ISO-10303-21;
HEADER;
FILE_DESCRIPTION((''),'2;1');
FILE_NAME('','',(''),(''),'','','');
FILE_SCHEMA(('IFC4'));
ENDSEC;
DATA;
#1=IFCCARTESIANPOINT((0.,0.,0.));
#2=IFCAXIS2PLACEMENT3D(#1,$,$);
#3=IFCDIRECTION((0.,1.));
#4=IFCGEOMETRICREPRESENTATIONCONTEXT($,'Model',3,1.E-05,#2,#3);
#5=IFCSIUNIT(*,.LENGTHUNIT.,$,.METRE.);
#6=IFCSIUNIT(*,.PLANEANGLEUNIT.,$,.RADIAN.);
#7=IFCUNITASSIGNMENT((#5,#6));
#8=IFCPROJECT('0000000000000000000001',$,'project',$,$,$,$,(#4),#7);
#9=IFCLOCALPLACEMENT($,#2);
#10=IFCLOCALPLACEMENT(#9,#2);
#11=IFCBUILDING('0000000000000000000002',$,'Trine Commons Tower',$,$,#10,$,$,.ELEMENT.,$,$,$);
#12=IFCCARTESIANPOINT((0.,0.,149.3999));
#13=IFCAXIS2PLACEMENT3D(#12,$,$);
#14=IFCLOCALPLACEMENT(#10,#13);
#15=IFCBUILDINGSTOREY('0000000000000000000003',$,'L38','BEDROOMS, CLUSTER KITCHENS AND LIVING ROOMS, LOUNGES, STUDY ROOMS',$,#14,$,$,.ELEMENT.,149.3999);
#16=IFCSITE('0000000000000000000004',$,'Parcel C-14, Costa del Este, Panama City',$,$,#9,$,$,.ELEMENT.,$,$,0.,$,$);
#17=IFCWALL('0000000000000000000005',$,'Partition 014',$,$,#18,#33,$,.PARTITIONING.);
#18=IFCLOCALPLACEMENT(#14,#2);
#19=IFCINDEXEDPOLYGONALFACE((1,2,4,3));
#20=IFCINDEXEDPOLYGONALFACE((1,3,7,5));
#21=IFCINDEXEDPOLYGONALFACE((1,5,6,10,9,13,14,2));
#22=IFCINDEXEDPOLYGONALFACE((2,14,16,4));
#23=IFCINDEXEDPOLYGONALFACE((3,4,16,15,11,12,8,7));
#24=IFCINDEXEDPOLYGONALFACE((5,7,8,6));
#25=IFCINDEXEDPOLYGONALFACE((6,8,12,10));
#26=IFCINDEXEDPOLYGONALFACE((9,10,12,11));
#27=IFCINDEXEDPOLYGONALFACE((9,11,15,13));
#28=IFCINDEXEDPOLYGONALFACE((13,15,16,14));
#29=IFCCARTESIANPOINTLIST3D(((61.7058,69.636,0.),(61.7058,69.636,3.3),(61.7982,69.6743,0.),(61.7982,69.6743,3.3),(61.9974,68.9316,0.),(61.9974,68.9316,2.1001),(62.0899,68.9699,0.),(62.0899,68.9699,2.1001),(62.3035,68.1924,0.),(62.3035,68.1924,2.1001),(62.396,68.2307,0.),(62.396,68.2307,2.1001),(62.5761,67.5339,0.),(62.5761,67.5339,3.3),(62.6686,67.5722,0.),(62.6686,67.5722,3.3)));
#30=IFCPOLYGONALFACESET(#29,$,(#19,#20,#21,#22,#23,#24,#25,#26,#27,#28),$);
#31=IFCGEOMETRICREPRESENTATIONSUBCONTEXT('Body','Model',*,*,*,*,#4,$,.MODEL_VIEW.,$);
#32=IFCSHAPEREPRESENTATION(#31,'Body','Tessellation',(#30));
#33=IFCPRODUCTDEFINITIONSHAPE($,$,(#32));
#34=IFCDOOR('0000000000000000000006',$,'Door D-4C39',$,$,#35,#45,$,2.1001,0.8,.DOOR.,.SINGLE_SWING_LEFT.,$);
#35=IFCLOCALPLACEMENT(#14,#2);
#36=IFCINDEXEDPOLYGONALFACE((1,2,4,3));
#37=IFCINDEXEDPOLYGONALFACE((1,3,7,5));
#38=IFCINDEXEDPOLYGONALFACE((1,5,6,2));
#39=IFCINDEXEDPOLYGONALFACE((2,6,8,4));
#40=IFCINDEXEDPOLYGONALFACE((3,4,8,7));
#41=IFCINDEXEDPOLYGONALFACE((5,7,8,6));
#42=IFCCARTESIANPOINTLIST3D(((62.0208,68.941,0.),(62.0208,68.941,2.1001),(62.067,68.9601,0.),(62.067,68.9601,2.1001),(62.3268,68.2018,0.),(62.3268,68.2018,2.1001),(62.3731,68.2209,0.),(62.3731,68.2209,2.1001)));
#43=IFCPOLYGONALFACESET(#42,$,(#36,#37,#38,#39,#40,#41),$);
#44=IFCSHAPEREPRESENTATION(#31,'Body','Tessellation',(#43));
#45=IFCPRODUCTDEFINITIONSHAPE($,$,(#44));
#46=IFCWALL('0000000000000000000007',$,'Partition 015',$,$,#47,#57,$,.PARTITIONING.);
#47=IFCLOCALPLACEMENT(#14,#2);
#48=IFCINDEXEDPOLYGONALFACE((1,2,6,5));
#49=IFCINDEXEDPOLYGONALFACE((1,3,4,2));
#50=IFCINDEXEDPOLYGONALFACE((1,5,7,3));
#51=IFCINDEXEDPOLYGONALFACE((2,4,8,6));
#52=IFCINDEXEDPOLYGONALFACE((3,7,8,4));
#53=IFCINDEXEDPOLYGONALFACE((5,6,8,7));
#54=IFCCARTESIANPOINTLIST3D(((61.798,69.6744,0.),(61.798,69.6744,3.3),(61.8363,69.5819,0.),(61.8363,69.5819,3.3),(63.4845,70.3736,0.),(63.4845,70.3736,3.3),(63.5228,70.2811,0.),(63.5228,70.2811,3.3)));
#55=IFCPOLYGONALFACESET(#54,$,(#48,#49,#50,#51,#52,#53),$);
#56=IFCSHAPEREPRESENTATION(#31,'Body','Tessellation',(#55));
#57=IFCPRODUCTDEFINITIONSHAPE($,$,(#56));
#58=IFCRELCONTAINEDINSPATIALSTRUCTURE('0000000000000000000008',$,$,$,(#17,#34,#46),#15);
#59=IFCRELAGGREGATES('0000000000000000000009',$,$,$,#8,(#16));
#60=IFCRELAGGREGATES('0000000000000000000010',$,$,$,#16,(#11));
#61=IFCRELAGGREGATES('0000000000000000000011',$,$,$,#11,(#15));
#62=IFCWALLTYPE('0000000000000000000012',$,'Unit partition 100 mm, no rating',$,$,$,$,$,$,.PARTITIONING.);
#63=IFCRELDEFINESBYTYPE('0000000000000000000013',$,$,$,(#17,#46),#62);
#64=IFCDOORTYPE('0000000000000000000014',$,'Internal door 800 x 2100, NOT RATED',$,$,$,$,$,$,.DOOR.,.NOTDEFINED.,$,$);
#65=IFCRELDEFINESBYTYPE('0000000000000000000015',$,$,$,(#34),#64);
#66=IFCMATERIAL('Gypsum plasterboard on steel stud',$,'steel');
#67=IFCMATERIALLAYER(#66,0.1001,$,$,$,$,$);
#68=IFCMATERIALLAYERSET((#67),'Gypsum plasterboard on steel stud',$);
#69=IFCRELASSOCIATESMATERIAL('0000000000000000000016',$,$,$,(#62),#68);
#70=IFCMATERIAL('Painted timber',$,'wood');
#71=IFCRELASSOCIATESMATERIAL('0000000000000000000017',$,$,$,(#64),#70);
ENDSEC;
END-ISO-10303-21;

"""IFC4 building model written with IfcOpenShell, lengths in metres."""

from ifc_helpers import new_model, si_unit, direction, frame, frame_2d, origin, place, context, subcontext, project, spatial, rectangle, extrude, material, layer, layer_set, type_object, element, fill, save


model = new_model("IFC4")

# Units and contexts
model_context = context("Model", 3, precision=1e-05, world=origin(), true_north=direction((0.0, 1.0)))
body_context = subcontext(model_context, "Body", "Model", "MODEL_VIEW")
ifc_project = project(units=[si_unit("LENGTHUNIT", "METRE"), si_unit("PLANEANGLEUNIT", "RADIAN")], contexts=[model_context])

# Site, building, storey
site_placement = place(None, origin())
site = spatial("IfcSite", under=ifc_project, at=site_placement, Name="Parcel C-14, Costa del Este, Panama City", CompositionType="ELEMENT", RefElevation=0.0)
building_placement = place(site_placement, origin())
building = spatial("IfcBuilding", under=site, at=building_placement, Name="Trine Commons Tower", CompositionType="ELEMENT")
storey_placement = place(building_placement, frame((0.0, 0.0, 149.3999)))
storey = spatial("IfcBuildingStorey", under=building, at=storey_placement, Name="L38", Description="BEDROOMS, CLUSTER KITCHENS AND LIVING ROOMS, LOUNGES, STUDY ROOMS", CompositionType="ELEMENT", Elevation=149.3999)

# Shared definitions
ifc_material_1 = material(Name="Gypsum plasterboard on steel stud", Category="steel")

# Shared definitions
ifc_layer_1 = layer(ifc_material_1, 0.1001)
ifc_layer_set_1 = layer_set([ifc_layer_1], Name="Gypsum plasterboard on steel stud")
wall_type_1 = type_object("IfcWallType", Name="Unit partition 100 mm, no rating", PredefinedType="PARTITIONING", material=ifc_layer_set_1)

# Wall, opening, door
ifc_material_2 = material(Name="Painted timber", Category="wood")
door_type_1 = type_object("IfcDoorType", Name="Internal door 800 x 2100, NOT RATED", OperationType="NOTDEFINED", PredefinedType="DOOR", material=ifc_material_2)
wall_1_placement = place(storey_placement, frame((61.752, 69.6553, 0.0), z_axis=(0.0, 0.0, 1.0), x_axis=(0.382557, -0.923932, 0.0)))
wall_1 = element("IfcWall", 1, at=wall_1_placement, inside=storey, type_object=wall_type_1, Name="Partition 014", PredefinedType="PARTITIONING", context=body_context, shape_type="SweptSolid", body=[
    extrude(rectangle(XDim=2.2751, YDim=0.1001, at=frame_2d((1.1377, 0.0))), origin(), (0.0, 0.0, 1.0), 3.3),
])
opening_1_placement = place(wall_1_placement, frame((0.7627, 0.0, 0.0)))
opening_1 = element("IfcOpeningElement", 2, at=opening_1_placement, cuts=wall_1, PredefinedType="OPENING", context=body_context, shape_type="SweptSolid", body=[
    extrude(rectangle(XDim=0.8, YDim=2.1001, at=frame_2d((0.3999, 1.05))), frame((0.0, 0.0601, 0.0), z_axis=(0.0, -1.0, 0.0), x_axis=(1.0, 0.0, 0.0)), (0.0, 0.0, 1.0), 0.1201),
])
door_1_placement = place(opening_1_placement, frame((0.8, 0.0, 0.0), z_axis=(0.0, 0.0, 1.0), x_axis=(-1.0, 0.0, 0.0)))
door_1 = element("IfcDoor", 3, at=door_1_placement, inside=storey, type_object=door_type_1, Name="Door D-4C39", OperationType="SINGLE_SWING_LEFT", OverallHeight=2.1001, OverallWidth=0.8, PredefinedType="DOOR", context=body_context, shape_type="SweptSolid", body=[
    extrude(rectangle(XDim=0.8, YDim=2.1001, at=frame_2d((0.3999, 1.05))), frame((0.0, 0.0249, 0.0), z_axis=(0.0, -1.0, 0.0), x_axis=(1.0, 0.0, 0.0)), (0.0, 0.0, 1.0), 0.05),
])
fill(opening_1, door_1)

# Wall
wall_2_placement = place(storey_placement, frame((61.8171, 69.6282, 0.0), z_axis=(0.0, 0.0, 1.0), x_axis=(0.923756, 0.382982, 0.0)))
element("IfcWall", 4, at=wall_2_placement, inside=storey, type_object=wall_type_1, Name="Partition 015", PredefinedType="PARTITIONING", context=body_context, shape_type="SweptSolid", body=[
    extrude(rectangle(XDim=1.8257, YDim=0.1001, at=frame_2d((0.9128, 0.0))), origin(), (0.0, 0.0, 1.0), 3.3),
])

save(model, "model.ifc")
